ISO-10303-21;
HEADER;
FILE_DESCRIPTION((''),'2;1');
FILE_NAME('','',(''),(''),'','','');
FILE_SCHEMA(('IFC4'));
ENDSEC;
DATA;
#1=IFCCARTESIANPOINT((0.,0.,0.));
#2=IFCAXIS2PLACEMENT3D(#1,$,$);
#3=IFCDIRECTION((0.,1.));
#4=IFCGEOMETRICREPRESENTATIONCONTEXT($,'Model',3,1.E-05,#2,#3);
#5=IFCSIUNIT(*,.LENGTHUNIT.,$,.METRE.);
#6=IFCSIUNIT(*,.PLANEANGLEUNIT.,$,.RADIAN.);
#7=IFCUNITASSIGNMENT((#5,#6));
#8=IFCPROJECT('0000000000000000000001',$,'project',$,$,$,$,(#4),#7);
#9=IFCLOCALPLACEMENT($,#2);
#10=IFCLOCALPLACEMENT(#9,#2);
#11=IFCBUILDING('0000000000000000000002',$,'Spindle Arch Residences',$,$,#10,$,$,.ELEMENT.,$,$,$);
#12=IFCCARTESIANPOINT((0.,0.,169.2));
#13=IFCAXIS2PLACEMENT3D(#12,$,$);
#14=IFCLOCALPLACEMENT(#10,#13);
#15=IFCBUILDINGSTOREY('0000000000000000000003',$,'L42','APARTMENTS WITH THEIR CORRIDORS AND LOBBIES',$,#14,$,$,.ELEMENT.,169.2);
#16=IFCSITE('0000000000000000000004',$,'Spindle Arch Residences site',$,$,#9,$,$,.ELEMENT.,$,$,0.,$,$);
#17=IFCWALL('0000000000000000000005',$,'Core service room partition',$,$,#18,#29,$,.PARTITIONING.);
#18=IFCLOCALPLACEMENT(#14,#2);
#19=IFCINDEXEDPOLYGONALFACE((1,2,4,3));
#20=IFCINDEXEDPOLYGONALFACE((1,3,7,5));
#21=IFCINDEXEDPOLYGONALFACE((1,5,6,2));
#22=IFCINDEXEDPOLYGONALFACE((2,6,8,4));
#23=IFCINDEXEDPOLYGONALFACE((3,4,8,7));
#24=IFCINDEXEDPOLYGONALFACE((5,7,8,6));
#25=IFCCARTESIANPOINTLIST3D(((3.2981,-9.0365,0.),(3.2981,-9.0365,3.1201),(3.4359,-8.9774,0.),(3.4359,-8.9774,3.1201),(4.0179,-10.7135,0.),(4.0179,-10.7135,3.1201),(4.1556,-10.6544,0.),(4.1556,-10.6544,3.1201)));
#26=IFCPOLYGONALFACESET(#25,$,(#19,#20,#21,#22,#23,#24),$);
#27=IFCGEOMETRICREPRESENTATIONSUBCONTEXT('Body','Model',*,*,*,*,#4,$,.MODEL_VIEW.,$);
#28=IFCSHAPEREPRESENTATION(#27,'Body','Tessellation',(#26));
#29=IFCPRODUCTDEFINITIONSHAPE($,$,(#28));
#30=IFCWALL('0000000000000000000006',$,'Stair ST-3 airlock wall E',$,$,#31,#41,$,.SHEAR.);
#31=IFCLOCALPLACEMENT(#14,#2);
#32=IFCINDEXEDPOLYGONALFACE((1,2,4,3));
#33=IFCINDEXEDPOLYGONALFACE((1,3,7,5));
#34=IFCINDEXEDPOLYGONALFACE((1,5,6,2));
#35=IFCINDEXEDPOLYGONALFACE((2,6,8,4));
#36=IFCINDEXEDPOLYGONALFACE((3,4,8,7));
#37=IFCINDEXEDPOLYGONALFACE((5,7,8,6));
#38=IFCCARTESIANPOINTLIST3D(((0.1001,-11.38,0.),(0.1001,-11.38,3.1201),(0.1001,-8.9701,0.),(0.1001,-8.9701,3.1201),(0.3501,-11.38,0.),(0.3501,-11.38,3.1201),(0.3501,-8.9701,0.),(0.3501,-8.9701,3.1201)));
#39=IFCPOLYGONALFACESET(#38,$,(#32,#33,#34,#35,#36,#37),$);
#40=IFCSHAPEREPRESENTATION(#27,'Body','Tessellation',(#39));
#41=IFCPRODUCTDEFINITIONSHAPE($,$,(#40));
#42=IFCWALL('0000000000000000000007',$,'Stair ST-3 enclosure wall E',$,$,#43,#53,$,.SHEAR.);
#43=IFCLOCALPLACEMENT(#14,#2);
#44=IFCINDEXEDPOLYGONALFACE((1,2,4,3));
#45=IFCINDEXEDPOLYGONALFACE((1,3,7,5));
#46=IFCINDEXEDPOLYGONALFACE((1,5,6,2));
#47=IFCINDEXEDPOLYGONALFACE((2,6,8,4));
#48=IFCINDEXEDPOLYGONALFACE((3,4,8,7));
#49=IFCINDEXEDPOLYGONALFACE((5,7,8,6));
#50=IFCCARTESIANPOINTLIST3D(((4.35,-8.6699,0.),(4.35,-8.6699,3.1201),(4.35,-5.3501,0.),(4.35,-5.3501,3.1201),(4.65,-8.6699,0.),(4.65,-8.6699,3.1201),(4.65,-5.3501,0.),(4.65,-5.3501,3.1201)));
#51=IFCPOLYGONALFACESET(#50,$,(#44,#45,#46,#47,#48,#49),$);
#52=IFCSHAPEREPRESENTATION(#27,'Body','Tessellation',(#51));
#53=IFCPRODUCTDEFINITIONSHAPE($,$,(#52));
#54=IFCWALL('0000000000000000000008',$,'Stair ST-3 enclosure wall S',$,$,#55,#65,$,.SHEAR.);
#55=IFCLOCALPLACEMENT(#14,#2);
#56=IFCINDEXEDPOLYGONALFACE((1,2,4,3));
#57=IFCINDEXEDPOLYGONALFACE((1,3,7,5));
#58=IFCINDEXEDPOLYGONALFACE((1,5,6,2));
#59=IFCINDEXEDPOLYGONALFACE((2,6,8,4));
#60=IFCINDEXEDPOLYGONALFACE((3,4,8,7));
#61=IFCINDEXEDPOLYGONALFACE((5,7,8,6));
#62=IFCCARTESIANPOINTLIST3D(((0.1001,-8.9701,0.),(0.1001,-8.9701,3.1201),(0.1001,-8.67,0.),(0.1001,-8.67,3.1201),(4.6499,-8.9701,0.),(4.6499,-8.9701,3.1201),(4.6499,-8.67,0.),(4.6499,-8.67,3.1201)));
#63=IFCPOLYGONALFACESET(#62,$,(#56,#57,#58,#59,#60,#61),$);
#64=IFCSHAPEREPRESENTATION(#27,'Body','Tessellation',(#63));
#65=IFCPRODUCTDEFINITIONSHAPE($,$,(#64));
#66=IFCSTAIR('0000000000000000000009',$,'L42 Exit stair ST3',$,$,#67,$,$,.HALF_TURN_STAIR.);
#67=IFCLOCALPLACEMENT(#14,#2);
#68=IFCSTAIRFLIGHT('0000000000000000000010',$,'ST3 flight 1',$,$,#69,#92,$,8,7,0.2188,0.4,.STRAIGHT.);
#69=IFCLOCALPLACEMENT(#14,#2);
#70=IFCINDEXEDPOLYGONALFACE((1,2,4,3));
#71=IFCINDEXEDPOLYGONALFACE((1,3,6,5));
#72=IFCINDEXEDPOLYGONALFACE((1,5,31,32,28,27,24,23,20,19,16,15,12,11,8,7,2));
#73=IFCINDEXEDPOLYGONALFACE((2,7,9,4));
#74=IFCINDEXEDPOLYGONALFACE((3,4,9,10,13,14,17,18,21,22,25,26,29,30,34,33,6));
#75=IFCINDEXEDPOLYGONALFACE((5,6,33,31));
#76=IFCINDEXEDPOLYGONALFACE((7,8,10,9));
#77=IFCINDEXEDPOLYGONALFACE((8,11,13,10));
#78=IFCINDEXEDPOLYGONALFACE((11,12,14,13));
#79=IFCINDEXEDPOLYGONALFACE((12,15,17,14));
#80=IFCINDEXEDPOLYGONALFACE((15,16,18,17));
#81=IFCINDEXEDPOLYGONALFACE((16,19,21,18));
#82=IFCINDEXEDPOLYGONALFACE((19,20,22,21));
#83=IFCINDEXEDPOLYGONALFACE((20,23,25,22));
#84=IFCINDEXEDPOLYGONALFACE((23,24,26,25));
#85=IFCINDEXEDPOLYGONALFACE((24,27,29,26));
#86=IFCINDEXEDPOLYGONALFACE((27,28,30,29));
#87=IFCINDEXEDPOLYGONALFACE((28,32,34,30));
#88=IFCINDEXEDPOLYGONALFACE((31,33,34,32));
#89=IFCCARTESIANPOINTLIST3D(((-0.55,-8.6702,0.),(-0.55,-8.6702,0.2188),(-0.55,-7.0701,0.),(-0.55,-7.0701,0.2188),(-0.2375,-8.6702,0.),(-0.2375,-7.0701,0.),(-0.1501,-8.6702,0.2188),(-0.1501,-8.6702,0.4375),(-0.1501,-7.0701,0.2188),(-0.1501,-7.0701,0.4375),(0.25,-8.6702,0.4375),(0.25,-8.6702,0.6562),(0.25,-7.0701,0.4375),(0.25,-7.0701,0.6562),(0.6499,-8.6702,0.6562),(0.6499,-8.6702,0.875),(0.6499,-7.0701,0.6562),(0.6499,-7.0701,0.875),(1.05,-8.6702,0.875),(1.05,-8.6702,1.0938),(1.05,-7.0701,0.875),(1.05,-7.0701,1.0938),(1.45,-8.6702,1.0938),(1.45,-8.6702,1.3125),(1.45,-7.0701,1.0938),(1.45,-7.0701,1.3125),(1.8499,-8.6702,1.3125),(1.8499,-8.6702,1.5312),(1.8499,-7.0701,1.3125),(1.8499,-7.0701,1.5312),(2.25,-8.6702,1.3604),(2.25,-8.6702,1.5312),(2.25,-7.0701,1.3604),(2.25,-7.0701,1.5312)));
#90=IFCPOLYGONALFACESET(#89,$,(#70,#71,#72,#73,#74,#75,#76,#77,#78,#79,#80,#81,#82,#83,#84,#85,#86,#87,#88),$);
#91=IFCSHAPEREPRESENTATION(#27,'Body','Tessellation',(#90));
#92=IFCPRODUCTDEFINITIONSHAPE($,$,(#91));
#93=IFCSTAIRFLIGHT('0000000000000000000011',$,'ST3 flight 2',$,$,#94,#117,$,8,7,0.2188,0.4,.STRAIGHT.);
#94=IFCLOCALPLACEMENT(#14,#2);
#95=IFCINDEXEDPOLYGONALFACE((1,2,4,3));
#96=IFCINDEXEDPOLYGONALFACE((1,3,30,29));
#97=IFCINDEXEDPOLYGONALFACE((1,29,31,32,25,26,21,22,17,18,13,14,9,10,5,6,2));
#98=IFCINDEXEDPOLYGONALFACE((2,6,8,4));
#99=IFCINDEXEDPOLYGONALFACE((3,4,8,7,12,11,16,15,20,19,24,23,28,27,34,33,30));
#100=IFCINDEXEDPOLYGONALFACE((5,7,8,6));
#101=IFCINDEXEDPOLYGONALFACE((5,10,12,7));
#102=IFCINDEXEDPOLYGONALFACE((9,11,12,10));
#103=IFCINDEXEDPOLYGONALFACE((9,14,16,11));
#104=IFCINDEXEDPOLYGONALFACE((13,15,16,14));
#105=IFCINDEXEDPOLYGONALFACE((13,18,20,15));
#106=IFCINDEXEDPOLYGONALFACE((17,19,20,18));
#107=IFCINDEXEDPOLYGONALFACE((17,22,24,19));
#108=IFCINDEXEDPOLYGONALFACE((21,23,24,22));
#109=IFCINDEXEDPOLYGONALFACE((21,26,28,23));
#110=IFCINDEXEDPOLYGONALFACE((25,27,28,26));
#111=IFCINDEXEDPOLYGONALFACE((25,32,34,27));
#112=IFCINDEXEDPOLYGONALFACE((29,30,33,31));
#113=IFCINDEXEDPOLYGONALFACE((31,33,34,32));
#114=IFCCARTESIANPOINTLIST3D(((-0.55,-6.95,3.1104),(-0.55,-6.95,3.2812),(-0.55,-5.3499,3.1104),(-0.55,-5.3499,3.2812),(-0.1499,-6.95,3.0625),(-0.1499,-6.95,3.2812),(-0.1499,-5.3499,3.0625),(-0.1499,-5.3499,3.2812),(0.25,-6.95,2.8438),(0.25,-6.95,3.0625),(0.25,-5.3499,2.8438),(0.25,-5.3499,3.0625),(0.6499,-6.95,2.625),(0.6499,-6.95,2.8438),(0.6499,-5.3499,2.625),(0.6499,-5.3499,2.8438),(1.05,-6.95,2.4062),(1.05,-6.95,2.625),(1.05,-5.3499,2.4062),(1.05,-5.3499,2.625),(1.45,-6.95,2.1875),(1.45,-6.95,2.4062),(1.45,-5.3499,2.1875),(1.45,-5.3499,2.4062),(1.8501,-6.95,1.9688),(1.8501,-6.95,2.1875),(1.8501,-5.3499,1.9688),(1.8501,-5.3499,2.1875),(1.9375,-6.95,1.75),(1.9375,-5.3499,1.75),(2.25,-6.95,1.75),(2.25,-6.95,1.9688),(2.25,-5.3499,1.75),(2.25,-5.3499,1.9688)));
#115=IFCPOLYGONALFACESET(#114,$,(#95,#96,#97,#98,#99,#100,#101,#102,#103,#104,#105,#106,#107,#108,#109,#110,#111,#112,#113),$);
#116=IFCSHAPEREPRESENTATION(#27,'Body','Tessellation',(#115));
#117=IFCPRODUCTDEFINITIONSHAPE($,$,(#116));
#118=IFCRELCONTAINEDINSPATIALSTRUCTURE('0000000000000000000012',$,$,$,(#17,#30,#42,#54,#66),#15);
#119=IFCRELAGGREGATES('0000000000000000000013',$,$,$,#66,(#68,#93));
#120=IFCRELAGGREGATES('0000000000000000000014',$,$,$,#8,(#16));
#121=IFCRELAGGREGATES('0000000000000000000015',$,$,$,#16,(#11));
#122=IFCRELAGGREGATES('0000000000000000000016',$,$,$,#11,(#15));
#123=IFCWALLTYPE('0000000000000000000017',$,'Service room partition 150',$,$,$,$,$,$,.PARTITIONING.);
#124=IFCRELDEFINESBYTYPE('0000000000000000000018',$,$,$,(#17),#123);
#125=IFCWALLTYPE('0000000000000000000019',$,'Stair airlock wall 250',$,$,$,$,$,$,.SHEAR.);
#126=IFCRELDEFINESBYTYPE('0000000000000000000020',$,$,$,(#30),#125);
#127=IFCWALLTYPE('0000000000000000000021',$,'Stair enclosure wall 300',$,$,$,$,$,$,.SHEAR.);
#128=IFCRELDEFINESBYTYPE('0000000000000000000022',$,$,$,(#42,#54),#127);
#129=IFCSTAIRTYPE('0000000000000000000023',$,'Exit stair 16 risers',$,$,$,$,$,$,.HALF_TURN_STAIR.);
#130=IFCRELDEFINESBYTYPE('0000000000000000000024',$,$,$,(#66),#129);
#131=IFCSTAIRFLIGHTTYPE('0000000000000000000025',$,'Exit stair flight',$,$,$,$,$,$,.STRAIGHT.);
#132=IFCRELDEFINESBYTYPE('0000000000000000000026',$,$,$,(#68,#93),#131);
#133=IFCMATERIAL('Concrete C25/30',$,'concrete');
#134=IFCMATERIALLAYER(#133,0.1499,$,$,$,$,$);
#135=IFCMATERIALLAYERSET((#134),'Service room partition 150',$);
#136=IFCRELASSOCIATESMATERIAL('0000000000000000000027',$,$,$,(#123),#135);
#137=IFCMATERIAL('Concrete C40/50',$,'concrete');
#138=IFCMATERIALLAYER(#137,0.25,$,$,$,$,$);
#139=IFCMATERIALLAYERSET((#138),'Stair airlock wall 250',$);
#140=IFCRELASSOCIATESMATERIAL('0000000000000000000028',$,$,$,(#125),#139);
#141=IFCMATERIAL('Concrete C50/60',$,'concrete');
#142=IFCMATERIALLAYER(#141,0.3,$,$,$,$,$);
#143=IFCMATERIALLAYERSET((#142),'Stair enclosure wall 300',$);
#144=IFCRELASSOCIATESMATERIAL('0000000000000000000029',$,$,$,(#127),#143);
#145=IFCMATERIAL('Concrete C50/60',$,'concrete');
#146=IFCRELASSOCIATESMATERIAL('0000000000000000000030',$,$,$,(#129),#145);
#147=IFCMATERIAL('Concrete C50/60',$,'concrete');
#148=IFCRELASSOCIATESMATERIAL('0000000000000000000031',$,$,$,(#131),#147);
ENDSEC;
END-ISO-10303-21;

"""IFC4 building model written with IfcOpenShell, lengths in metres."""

from ifc_helpers import new_model, si_unit, direction, frame, frame_2d, origin, place, context, subcontext, project, spatial, polyline, rectangle, outline, extrude, material, layer, layer_set, type_object, element, aggregate, save


model = new_model("IFC4")

# Units and contexts
model_context = context("Model", 3, precision=1e-05, world=origin(), true_north=direction((0.0, 1.0)))
body_context = subcontext(model_context, "Body", "Model", "MODEL_VIEW")
ifc_project = project(units=[si_unit("LENGTHUNIT", "METRE"), si_unit("PLANEANGLEUNIT", "RADIAN")], contexts=[model_context])

# Site, building, storey
site_placement = place(None, origin())
site = spatial("IfcSite", under=ifc_project, at=site_placement, Name="Spindle Arch Residences site", CompositionType="ELEMENT", RefElevation=0.0)
building_placement = place(site_placement, origin())
building = spatial("IfcBuilding", under=site, at=building_placement, Name="Spindle Arch Residences", CompositionType="ELEMENT")
storey_placement = place(building_placement, frame((0.0, 0.0, 169.2)))
storey = spatial("IfcBuildingStorey", under=building, at=storey_placement, Name="L42", Description="APARTMENTS WITH THEIR CORRIDORS AND LOBBIES", CompositionType="ELEMENT", Elevation=169.2)

# Walls
ifc_material_1 = material(Name="Concrete C25/30", Category="concrete")
ifc_layer_1 = layer(ifc_material_1, 0.1499)
ifc_layer_set_1 = layer_set([ifc_layer_1], Name="Service room partition 150")
wall_type_1 = type_object("IfcWallType", Name="Service room partition 150", PredefinedType="PARTITIONING", material=ifc_layer_set_1)
wall_1_placement = place(storey_placement, frame((3.3669, -9.0068, 0.0), z_axis=(0.0, 0.0, 1.0), x_axis=(0.394387, -0.918944, 0.0)))
element("IfcWall", 1, at=wall_1_placement, inside=storey, type_object=wall_type_1, Name="Core service room partition", PredefinedType="PARTITIONING", context=body_context, shape_type="SweptSolid", body=[
    extrude(rectangle(XDim=1.825, YDim=0.1499, at=frame_2d((0.9126, 0.0))), origin(), (0.0, 0.0, 1.0), 3.1201),
])
ifc_material_2 = material(Name="Concrete C40/50", Category="concrete")
ifc_layer_2 = layer(ifc_material_2, 0.25)
ifc_layer_set_2 = layer_set([ifc_layer_2], Name="Stair airlock wall 250")
wall_type_2 = type_object("IfcWallType", Name="Stair airlock wall 250", PredefinedType="SHEAR", material=ifc_layer_set_2)
wall_2_placement = place(storey_placement, frame((0.2251, -8.97, 0.0), z_axis=(0.0, 0.0, 1.0), x_axis=(0.0, -1.0, 0.0)))
element("IfcWall", 2, at=wall_2_placement, inside=storey, type_object=wall_type_2, Name="Stair ST-3 airlock wall E", PredefinedType="SHEAR", context=body_context, shape_type="SweptSolid", body=[
    extrude(rectangle(XDim=2.4099, YDim=0.25, at=frame_2d((1.2051, 0.0))), origin(), (0.0, 0.0, 1.0), 3.1201),
])
ifc_material_3 = material(Name="Concrete C50/60", Category="concrete")
ifc_layer_3 = layer(ifc_material_3, 0.3)
ifc_layer_set_3 = layer_set([ifc_layer_3], Name="Stair enclosure wall 300")
wall_type_3 = type_object("IfcWallType", Name="Stair enclosure wall 300", PredefinedType="SHEAR", material=ifc_layer_set_3)
wall_3_placement = place(storey_placement, frame((4.5, -8.6699, 0.0), z_axis=(0.0, 0.0, 1.0), x_axis=(0.0, 1.0, 0.0)))
element("IfcWall", 3, at=wall_3_placement, inside=storey, type_object=wall_type_3, Name="Stair ST-3 enclosure wall E", PredefinedType="SHEAR", context=body_context, shape_type="SweptSolid", body=[
    extrude(rectangle(XDim=3.3198, YDim=0.3, at=frame_2d((1.6599, 0.0))), origin(), (0.0, 0.0, 1.0), 3.1201),
])
wall_4_placement = place(storey_placement, frame((0.1001, -8.8201, 0.0), z_axis=(0.0, 0.0, 1.0), x_axis=(1.0, 0.0, 0.0)))
element("IfcWall", 4, at=wall_4_placement, inside=storey, type_object=wall_type_3, Name="Stair ST-3 enclosure wall S", PredefinedType="SHEAR", context=body_context, shape_type="SweptSolid", body=[
    extrude(rectangle(XDim=4.5498, YDim=0.3, at=frame_2d((2.2749, 0.0))), origin(), (0.0, 0.0, 1.0), 3.1201),
])

# Stair, stair flights
ifc_material_4 = material(Name="Concrete C50/60", Category="concrete")
stair_type = type_object("IfcStairType", Name="Exit stair 16 risers", PredefinedType="HALF_TURN_STAIR", material=ifc_material_4)
stair_placement = place(storey_placement, origin())
stair = element("IfcStair", 5, at=stair_placement, inside=storey, type_object=stair_type, Name="L42 Exit stair ST3", PredefinedType="HALF_TURN_STAIR")
ifc_material_5 = material(Name="Concrete C50/60", Category="concrete")
stair_flight_type = type_object("IfcStairFlightType", Name="Exit stair flight", PredefinedType="STRAIGHT", material=ifc_material_5)
stair_flight_1_placement = place(storey_placement, frame((-0.55, -7.8701, 0.0), z_axis=(0.0, 0.0, 1.0), x_axis=(1.0, 0.0, 0.0)))
stair_flight_1 = element("IfcStairFlight", 6, at=stair_flight_1_placement, type_object=stair_flight_type, Name="ST3 flight 1", NumberOfRisers=8, NumberOfTreads=7, PredefinedType="STRAIGHT", RiserHeight=0.2188, TreadLength=0.4, context=body_context, shape_type="SweptSolid", body=[
    extrude(outline(polyline([(0.0, 0.0), (0.0, 0.2188), (0.3999, 0.2188), (0.3999, 0.4375), (0.8, 0.4375), (0.8, 0.6562), (1.2, 0.6562), (1.2, 0.875), (1.6001, 0.875), (1.6001, 1.0938), (2.0, 1.0938), (2.0, 1.3125), (2.3999, 1.3125), (2.3999, 1.5312), (2.8, 1.5312), (2.8, 1.75), (2.8, 1.3604), (0.3125, 0.0), (0.0, 0.0)])), frame((0.0, 0.8, 0.0), z_axis=(0.0, -1.0, 0.0), x_axis=(1.0, 0.0, 0.0)), (0.0, 0.0, 1.0), 1.6001),
])
stair_flight_2_placement = place(storey_placement, frame((2.25, -6.1499, 1.75), z_axis=(0.0, 0.0, 1.0), x_axis=(-1.0, 0.0, 0.0)))
stair_flight_2 = element("IfcStairFlight", 7, at=stair_flight_2_placement, type_object=stair_flight_type, Name="ST3 flight 2", NumberOfRisers=8, NumberOfTreads=7, PredefinedType="STRAIGHT", RiserHeight=0.2188, TreadLength=0.4, context=body_context, shape_type="SweptSolid", body=[
    extrude(outline(polyline([(0.0, 0.0), (0.0, 0.2188), (0.3999, 0.2188), (0.3999, 0.4375), (0.8, 0.4375), (0.8, 0.6562), (1.2, 0.6562), (1.2, 0.875), (1.6001, 0.875), (1.6001, 1.0938), (2.0, 1.0938), (2.0, 1.3125), (2.3999, 1.3125), (2.3999, 1.5312), (2.8, 1.5312), (2.8, 1.75), (2.8, 1.3604), (0.3125, 0.0), (0.0, 0.0)])), frame((0.0, 0.8, 0.0), z_axis=(0.0, -1.0, 0.0), x_axis=(1.0, 0.0, 0.0)), (0.0, 0.0, 1.0), 1.6001),
])
aggregate(stair, [stair_flight_1, stair_flight_2])

save(model, "model.ifc")
